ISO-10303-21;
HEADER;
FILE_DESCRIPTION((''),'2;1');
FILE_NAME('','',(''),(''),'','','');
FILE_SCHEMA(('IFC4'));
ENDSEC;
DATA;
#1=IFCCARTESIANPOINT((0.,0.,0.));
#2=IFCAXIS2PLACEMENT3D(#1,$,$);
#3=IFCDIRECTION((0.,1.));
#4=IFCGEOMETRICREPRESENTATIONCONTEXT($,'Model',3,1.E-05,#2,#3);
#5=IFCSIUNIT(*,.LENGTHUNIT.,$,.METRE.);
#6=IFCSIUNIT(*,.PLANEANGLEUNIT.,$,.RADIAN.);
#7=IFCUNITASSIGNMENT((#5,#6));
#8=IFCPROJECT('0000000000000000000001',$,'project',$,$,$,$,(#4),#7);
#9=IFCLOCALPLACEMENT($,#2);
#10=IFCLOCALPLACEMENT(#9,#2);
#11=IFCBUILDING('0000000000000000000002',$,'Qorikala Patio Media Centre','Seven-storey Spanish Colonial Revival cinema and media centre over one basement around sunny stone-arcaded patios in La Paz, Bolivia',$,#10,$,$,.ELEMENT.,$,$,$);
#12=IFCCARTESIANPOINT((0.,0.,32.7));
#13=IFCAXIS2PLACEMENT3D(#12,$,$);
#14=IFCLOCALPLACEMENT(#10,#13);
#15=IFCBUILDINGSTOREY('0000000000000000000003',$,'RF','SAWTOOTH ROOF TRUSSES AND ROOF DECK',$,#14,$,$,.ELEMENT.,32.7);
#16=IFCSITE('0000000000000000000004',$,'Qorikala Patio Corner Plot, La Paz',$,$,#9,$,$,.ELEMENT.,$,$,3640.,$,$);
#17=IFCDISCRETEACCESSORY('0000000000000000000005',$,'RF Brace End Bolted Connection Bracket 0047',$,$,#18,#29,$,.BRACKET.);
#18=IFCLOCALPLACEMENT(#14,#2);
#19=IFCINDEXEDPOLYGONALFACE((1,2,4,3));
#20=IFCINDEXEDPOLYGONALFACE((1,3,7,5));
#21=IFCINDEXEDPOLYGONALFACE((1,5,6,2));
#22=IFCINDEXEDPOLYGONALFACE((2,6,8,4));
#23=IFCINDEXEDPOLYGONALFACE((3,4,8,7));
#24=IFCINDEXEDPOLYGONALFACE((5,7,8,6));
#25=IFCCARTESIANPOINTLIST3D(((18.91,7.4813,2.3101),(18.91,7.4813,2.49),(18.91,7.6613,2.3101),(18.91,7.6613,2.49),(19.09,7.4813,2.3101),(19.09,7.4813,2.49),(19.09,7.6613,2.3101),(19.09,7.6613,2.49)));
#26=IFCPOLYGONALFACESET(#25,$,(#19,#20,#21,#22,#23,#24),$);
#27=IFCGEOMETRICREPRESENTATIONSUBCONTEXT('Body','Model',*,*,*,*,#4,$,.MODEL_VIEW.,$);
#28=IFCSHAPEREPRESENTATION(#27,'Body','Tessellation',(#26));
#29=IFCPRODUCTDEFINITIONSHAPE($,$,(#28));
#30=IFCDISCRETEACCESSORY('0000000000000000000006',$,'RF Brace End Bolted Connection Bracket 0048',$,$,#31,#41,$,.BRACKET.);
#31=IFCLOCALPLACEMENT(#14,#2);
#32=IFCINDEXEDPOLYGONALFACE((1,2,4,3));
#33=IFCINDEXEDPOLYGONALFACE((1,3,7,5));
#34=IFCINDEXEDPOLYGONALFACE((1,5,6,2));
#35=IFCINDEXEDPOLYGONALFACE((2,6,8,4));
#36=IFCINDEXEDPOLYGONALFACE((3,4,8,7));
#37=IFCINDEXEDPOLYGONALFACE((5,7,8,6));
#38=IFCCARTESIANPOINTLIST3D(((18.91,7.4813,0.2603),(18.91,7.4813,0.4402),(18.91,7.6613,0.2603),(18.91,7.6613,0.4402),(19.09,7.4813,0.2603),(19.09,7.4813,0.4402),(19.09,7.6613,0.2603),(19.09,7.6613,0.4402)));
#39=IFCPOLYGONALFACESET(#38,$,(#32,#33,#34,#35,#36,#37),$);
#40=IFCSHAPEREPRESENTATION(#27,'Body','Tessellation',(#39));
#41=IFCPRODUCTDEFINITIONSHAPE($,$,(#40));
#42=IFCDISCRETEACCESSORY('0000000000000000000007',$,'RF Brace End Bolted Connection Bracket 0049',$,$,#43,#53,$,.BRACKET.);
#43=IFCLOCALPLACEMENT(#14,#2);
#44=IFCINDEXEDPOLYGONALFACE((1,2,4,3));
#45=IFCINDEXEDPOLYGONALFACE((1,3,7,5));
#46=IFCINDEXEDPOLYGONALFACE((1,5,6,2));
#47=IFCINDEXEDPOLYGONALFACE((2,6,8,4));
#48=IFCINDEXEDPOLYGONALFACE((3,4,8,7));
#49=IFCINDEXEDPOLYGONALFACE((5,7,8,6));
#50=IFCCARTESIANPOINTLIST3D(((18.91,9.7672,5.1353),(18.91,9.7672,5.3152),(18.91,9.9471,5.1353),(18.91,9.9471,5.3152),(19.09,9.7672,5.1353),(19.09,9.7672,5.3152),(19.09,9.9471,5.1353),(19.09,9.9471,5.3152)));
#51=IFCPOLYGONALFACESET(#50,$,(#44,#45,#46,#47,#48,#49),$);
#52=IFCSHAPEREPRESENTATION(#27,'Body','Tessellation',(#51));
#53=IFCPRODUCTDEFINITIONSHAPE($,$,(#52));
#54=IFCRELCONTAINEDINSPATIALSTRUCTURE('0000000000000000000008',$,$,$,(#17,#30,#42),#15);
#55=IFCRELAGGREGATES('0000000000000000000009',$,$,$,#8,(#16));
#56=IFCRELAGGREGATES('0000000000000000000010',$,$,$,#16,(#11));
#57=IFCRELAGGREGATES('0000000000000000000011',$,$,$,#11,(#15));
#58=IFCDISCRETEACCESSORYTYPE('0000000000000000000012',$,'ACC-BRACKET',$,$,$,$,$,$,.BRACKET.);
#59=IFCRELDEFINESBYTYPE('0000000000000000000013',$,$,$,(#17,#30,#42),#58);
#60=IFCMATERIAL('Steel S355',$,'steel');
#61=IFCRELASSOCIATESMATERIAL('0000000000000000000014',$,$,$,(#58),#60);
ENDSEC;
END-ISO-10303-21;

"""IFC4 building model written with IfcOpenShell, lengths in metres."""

from ifc_helpers import new_model, si_unit, direction, frame, origin, origin_2d, place, context, subcontext, project, spatial, rectangle, extrude, material, type_object, element, save


model = new_model("IFC4")

# Units and contexts
model_context = context("Model", 3, precision=1e-05, world=origin(), true_north=direction((0.0, 1.0)))
body_context = subcontext(model_context, "Body", "Model", "MODEL_VIEW")
ifc_project = project(units=[si_unit("LENGTHUNIT", "METRE"), si_unit("PLANEANGLEUNIT", "RADIAN")], contexts=[model_context])

# Site, building, storey
site_placement = place(None, origin())
site = spatial("IfcSite", under=ifc_project, at=site_placement, Name="Qorikala Patio Corner Plot, La Paz", CompositionType="ELEMENT", RefElevation=3640.0)
building_placement = place(site_placement, origin())
building = spatial("IfcBuilding", under=site, at=building_placement, Name="Qorikala Patio Media Centre", Description="Seven-storey Spanish Colonial Revival cinema and media centre over one basement around sunny stone-arcaded patios in La Paz, Bolivia", CompositionType="ELEMENT")
storey_placement = place(building_placement, frame((0.0, 0.0, 32.7)))
storey = spatial("IfcBuildingStorey", under=building, at=storey_placement, Name="RF", Description="SAWTOOTH ROOF TRUSSES AND ROOF DECK", CompositionType="ELEMENT", Elevation=32.7)

# Shared definitions
ifc_material_1 = material(Name="Steel S355", Category="steel")

# Discrete accessories
discrete_accessory_type = type_object("IfcDiscreteAccessoryType", Name="ACC-BRACKET", PredefinedType="BRACKET", material=ifc_material_1)
for number, where, z_axis, x_axis, name in (
    (1, (19.0, 7.5713, 2.3101), (0.0, 0.0, 1.0), (1.0, 0.0, 0.0), "RF Brace End Bolted Connection Bracket 0047"),
    (2, (19.0, 7.5713, 0.2603), (0.0, 0.0, 1.0), (1.0, 0.0, 0.0), "RF Brace End Bolted Connection Bracket 0048"),
    (3, (19.0, 9.8572, 5.1353), (0.0, 0.0, 1.0), (1.0, 0.0, 0.0), "RF Brace End Bolted Connection Bracket 0049"),
):
    element("IfcDiscreteAccessory", number, at=place(storey_placement, frame(where, z_axis=z_axis, x_axis=x_axis)), inside=storey, type_object=discrete_accessory_type, Name=name, PredefinedType="BRACKET", context=body_context, shape_type="SweptSolid", body=[
        extrude(rectangle(XDim=0.1799, YDim=0.1799, at=origin_2d()), origin(), (0.0, 0.0, 1.0), 0.1799),
    ])

save(model, "model.ifc")
